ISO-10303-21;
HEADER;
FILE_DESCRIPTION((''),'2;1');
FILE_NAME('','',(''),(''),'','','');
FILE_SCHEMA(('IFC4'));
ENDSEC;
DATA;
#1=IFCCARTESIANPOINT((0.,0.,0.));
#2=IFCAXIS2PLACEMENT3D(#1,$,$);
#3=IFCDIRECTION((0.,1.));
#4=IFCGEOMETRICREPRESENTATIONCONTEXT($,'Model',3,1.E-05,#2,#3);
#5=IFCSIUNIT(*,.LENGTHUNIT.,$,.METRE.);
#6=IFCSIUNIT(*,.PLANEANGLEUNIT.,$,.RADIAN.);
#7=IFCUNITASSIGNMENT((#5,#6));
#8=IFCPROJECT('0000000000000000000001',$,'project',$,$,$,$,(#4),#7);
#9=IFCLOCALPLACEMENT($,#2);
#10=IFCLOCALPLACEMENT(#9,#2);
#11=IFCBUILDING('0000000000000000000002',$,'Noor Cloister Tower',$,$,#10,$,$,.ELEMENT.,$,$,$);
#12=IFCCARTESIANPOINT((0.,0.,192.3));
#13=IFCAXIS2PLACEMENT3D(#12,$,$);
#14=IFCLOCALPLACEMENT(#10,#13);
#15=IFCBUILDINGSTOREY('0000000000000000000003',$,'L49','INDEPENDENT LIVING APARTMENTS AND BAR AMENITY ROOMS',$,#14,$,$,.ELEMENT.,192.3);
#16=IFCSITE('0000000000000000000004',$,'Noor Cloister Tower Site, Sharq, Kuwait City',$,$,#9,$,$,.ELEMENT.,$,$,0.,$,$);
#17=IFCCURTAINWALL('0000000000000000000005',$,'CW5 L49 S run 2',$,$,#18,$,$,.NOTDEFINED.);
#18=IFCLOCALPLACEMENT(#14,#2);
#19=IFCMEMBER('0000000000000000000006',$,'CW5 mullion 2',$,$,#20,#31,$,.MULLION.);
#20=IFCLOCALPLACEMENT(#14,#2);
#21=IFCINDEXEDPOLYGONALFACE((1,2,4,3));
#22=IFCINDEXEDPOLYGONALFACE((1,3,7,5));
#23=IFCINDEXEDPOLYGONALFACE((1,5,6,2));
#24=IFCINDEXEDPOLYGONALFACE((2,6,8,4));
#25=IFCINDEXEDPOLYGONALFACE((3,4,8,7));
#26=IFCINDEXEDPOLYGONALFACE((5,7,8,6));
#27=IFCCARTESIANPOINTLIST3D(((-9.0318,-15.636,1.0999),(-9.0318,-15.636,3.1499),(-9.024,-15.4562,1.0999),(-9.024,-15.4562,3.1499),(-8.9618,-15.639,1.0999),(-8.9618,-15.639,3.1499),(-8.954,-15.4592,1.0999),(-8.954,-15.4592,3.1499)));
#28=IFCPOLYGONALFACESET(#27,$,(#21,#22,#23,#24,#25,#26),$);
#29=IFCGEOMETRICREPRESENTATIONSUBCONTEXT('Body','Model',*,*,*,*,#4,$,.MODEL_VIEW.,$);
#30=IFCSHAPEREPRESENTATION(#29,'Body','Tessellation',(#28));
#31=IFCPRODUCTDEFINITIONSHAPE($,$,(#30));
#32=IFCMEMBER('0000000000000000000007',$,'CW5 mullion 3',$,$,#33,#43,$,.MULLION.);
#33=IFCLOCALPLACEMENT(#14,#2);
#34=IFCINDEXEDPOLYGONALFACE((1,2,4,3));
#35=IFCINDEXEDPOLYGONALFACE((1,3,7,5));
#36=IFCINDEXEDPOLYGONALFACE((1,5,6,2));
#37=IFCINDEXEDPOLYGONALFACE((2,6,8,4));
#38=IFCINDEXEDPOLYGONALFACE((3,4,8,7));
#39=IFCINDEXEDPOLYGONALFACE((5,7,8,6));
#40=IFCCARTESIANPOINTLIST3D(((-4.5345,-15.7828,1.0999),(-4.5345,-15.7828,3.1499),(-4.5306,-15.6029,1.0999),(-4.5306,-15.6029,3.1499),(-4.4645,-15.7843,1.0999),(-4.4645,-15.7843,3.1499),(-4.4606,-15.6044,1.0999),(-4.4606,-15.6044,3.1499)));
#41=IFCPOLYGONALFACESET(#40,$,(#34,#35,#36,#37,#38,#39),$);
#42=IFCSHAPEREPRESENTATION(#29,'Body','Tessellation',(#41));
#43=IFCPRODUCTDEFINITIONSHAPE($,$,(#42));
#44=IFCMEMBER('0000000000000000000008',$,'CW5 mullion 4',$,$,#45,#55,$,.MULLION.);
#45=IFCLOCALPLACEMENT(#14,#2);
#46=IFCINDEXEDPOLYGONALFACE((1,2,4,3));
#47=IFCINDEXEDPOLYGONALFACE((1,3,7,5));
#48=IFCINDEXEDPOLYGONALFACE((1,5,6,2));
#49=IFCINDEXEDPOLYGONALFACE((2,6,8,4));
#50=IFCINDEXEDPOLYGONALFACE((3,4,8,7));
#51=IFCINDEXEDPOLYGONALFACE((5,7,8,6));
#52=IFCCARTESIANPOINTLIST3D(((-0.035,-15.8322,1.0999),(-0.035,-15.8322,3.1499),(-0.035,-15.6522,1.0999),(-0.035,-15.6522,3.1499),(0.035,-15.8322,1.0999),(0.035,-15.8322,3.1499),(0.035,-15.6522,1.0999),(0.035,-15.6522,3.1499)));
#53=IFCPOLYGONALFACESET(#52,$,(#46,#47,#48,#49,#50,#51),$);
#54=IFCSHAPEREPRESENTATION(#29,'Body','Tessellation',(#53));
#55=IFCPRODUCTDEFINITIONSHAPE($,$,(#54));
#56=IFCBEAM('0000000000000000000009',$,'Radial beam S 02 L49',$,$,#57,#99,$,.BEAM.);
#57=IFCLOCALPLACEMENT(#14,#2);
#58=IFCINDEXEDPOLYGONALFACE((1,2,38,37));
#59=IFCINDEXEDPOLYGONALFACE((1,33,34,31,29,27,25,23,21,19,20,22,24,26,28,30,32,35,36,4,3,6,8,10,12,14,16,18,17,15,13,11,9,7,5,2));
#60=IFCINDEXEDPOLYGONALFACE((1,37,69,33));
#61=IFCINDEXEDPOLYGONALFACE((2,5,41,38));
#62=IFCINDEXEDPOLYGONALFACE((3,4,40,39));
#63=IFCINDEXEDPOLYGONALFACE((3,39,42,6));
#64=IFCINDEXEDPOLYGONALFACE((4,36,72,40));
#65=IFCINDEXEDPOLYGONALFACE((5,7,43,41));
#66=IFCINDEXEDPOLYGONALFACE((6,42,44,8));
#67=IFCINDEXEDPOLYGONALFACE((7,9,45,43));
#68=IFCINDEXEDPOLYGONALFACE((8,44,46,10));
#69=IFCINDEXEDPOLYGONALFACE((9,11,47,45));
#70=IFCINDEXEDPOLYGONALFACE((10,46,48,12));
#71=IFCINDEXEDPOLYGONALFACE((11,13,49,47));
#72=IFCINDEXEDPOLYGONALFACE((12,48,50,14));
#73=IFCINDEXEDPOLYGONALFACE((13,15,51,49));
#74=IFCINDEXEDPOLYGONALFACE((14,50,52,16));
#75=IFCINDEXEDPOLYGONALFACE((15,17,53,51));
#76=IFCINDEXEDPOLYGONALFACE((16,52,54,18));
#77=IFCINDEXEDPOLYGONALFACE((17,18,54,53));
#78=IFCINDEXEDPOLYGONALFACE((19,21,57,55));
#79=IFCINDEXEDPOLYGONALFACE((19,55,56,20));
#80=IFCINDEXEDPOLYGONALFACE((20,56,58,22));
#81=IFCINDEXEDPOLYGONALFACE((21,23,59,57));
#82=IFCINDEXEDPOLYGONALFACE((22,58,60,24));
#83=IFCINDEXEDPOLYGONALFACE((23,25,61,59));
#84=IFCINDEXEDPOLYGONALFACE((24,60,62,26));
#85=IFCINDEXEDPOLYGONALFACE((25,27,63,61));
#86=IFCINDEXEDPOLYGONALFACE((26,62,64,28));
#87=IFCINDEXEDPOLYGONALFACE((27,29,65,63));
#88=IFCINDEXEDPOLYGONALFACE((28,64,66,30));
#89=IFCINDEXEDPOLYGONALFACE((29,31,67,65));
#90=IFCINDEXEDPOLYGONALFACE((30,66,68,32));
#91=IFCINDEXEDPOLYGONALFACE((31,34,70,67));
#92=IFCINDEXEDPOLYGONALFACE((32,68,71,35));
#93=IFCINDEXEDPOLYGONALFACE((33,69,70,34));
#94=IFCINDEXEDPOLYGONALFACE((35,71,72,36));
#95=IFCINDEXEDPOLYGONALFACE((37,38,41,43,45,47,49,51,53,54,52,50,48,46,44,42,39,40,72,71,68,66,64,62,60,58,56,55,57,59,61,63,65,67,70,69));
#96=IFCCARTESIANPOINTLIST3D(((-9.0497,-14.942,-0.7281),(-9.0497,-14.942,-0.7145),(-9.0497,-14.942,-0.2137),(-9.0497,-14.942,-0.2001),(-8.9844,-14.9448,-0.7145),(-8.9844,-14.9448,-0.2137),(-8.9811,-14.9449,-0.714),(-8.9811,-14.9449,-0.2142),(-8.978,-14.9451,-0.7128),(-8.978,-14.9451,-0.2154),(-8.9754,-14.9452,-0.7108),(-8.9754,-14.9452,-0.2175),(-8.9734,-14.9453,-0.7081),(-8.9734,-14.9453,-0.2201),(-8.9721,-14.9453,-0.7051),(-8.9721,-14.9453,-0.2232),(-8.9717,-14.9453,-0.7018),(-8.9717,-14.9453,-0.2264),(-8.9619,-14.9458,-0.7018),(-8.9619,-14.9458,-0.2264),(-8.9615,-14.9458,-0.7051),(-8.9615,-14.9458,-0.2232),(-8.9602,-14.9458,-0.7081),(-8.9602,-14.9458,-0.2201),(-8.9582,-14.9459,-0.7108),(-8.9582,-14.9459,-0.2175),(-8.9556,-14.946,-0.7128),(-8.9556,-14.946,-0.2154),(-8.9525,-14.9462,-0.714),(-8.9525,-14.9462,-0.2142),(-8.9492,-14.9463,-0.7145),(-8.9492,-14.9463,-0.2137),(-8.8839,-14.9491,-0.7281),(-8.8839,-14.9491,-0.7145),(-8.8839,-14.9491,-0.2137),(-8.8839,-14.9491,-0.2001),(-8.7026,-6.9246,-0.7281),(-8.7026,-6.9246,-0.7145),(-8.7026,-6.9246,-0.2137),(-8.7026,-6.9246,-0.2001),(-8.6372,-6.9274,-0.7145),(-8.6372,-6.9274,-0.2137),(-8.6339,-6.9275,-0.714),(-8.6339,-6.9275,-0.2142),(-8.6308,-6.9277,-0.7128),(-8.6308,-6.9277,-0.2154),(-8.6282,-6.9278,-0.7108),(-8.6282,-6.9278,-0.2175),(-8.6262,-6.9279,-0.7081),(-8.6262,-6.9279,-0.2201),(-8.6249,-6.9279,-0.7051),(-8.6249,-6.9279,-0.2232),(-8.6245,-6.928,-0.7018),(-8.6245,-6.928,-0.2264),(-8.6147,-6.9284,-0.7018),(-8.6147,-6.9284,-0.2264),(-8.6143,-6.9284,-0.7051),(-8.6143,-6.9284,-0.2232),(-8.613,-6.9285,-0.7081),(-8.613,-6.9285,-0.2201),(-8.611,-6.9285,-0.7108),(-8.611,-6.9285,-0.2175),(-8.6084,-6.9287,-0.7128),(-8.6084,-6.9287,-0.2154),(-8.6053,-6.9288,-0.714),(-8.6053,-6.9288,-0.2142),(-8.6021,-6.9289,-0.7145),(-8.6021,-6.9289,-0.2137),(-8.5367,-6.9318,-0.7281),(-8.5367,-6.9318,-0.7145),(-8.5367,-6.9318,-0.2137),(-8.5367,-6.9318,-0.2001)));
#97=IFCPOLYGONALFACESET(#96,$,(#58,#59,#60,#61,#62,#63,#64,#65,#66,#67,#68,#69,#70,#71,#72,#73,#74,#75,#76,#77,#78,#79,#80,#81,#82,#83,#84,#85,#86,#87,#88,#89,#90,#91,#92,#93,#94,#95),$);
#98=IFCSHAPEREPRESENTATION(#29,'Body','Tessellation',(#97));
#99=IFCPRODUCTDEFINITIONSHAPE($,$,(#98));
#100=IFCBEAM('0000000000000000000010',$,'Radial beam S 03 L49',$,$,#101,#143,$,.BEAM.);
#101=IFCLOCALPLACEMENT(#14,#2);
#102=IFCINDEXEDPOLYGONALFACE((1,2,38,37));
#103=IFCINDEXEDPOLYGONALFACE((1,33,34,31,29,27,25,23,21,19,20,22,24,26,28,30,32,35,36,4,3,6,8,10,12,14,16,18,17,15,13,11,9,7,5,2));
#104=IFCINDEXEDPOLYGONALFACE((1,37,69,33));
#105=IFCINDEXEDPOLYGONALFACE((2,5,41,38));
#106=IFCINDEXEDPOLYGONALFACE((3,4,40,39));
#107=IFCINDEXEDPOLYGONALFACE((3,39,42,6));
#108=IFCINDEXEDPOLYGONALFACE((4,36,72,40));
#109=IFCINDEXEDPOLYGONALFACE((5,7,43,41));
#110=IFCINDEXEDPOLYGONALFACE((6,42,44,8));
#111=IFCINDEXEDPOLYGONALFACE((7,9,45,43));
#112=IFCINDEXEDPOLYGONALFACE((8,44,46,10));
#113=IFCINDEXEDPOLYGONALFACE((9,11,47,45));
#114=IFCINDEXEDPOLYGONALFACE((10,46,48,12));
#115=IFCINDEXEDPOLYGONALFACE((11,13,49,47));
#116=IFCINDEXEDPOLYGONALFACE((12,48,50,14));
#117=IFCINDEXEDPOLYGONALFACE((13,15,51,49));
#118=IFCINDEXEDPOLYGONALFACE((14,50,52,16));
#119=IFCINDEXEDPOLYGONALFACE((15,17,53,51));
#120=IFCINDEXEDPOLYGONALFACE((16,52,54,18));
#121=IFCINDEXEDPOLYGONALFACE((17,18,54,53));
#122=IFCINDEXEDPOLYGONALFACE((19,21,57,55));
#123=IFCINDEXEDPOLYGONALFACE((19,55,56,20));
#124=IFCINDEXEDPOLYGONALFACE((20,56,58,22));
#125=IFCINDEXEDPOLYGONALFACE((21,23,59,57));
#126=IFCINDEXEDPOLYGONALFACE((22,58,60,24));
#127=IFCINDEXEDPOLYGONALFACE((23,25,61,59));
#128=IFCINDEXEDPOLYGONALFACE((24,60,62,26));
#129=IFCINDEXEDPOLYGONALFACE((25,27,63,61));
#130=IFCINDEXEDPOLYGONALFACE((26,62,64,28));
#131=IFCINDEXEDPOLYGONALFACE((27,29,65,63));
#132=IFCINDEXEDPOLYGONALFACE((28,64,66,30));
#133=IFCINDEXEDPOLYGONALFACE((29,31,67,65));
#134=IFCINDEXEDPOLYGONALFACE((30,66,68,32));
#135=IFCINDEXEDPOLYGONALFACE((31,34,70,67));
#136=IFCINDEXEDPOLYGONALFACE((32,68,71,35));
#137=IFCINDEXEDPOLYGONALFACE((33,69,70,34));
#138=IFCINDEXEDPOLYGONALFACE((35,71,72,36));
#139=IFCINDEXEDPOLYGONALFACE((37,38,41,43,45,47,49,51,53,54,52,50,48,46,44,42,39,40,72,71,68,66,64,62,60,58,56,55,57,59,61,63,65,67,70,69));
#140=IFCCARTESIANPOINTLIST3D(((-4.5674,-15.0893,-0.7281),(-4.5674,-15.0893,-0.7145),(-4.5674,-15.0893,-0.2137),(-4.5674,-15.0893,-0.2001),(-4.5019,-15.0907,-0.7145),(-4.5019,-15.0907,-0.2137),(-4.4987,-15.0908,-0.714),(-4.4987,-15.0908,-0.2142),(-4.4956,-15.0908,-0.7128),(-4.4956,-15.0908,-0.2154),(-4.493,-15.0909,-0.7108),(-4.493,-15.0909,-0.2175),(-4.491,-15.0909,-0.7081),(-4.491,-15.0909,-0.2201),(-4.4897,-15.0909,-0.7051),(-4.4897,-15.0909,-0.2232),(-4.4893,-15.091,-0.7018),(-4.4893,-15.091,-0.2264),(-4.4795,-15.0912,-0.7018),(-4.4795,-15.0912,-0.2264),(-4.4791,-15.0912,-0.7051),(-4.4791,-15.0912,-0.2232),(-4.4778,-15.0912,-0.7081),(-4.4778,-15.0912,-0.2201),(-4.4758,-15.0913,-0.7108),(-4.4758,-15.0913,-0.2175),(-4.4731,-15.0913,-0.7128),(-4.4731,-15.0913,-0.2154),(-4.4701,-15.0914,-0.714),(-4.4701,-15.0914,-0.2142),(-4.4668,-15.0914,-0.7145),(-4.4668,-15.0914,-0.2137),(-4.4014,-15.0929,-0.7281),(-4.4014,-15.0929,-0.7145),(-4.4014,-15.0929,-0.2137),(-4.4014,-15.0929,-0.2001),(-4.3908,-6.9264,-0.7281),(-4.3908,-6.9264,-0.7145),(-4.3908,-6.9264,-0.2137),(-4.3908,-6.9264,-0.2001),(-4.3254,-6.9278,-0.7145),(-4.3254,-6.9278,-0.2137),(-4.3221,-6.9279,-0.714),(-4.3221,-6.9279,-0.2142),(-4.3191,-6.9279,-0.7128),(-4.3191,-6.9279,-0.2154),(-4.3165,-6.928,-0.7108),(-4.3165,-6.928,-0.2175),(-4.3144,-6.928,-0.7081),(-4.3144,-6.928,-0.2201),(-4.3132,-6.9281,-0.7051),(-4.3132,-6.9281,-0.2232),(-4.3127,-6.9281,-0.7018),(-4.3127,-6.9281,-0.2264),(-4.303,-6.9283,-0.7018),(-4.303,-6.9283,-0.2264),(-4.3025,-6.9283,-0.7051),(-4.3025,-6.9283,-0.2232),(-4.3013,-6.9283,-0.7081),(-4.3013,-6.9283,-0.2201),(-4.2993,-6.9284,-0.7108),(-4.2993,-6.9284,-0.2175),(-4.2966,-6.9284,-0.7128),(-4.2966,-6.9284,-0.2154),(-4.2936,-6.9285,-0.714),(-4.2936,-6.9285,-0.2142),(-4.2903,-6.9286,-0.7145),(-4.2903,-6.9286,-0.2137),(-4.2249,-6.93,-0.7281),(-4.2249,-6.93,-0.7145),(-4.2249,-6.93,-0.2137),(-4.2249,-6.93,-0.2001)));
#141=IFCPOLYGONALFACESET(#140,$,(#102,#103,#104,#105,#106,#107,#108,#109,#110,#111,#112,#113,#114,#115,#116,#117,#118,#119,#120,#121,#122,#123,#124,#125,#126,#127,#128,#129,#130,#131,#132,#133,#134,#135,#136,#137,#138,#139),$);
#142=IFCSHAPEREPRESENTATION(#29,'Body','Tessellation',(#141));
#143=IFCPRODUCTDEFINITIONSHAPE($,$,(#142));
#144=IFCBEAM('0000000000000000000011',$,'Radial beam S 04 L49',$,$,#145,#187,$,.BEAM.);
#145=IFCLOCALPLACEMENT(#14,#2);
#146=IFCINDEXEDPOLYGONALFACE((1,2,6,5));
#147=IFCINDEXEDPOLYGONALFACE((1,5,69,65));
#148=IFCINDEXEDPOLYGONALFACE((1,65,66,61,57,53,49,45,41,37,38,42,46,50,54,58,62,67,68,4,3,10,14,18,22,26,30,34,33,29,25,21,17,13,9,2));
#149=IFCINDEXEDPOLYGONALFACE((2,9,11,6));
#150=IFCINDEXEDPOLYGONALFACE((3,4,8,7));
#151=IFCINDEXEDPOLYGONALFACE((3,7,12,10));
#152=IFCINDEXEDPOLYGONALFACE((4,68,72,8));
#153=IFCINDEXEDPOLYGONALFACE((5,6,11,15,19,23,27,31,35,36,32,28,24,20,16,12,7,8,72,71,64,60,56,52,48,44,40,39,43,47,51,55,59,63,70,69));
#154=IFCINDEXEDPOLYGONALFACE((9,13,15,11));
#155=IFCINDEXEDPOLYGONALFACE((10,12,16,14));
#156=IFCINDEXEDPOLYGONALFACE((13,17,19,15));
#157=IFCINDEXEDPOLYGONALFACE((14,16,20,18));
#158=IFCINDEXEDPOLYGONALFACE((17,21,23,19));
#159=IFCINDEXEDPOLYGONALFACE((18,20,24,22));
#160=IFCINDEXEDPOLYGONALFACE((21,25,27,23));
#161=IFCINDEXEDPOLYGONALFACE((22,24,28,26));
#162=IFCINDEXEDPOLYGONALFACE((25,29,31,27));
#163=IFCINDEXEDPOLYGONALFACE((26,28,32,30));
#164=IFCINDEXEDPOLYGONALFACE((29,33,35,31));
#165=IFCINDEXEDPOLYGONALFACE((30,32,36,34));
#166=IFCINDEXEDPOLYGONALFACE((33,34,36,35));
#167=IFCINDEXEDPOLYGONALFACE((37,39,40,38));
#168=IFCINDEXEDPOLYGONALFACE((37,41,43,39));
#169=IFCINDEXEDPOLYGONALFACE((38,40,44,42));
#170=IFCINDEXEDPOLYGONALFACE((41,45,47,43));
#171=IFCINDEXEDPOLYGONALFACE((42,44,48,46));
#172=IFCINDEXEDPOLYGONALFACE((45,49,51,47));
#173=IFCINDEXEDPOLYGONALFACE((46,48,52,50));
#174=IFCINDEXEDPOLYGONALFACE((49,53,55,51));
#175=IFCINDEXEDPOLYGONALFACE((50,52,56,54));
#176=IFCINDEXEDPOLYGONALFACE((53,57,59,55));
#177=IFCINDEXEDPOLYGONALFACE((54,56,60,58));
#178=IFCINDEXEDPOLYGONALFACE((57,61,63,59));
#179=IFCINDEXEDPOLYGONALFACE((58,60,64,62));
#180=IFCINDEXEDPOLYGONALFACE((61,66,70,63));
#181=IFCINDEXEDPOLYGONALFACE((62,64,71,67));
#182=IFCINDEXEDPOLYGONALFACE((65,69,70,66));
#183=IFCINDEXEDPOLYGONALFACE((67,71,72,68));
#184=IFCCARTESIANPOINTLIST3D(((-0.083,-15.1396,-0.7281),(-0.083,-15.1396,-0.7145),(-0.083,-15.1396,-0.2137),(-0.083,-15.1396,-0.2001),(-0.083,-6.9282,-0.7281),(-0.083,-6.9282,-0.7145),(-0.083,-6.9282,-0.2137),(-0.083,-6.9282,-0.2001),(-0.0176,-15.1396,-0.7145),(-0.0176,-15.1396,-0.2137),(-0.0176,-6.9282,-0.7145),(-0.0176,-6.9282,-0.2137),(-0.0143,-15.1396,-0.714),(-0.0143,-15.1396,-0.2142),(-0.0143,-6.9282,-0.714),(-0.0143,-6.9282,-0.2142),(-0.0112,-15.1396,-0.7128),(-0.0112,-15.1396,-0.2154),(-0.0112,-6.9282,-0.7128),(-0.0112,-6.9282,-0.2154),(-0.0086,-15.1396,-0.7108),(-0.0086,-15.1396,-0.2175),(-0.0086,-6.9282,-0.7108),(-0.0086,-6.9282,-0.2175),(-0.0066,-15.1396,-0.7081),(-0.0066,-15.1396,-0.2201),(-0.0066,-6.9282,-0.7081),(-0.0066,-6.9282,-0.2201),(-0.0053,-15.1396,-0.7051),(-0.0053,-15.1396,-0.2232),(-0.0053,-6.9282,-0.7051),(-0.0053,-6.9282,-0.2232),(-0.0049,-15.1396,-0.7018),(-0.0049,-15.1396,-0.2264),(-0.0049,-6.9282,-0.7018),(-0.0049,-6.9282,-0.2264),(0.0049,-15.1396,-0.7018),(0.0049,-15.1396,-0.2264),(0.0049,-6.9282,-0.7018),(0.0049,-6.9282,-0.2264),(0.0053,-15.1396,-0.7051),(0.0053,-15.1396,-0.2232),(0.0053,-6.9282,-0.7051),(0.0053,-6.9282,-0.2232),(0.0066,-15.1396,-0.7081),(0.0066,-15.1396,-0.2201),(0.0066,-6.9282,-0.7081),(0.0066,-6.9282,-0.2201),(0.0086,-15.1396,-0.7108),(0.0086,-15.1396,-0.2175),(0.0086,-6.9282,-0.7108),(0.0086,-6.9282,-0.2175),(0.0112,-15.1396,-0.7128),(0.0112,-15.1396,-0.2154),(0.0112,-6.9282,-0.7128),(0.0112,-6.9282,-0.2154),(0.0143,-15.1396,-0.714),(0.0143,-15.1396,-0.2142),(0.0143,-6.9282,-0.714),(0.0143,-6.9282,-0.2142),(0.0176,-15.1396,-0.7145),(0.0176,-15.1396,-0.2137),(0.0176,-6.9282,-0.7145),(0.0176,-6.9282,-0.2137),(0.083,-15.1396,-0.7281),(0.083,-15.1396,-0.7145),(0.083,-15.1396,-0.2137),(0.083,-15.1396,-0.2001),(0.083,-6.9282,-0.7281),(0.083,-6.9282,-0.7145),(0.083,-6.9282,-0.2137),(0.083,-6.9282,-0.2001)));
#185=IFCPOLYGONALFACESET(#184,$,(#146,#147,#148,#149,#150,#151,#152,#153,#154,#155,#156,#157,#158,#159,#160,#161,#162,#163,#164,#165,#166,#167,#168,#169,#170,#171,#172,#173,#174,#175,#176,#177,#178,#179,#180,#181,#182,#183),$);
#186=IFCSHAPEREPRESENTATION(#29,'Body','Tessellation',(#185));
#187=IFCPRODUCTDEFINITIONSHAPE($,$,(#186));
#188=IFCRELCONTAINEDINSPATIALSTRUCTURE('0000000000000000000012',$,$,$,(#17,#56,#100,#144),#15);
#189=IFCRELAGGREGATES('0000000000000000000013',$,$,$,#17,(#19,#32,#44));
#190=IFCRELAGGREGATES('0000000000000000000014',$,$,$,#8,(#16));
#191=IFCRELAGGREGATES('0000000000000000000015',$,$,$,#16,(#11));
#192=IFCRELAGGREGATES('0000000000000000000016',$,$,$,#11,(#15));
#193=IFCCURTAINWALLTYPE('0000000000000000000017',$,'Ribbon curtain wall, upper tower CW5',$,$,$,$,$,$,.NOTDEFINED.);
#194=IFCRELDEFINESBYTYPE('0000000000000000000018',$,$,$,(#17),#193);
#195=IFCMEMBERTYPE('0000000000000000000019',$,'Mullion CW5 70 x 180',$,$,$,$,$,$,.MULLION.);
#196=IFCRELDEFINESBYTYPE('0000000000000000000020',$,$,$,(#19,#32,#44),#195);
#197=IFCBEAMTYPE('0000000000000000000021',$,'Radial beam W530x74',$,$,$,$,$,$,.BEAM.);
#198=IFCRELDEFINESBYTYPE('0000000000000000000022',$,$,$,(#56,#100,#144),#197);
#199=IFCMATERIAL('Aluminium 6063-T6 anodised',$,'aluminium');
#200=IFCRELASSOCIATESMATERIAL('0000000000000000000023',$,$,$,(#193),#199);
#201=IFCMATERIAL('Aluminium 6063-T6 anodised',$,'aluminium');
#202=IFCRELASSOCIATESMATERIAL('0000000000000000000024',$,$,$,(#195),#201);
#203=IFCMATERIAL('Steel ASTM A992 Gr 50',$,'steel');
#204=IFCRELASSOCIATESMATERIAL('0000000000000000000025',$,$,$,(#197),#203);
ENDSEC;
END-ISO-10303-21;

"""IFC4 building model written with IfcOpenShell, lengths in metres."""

from ifc_helpers import new_model, si_unit, direction, frame, origin, origin_2d, place, context, subcontext, project, spatial, rectangle, i_section, extrude, material, material_profile, profile_set, type_object, element, aggregate, save


model = new_model("IFC4")

# Units and contexts
model_context = context("Model", 3, precision=1e-05, world=origin(), true_north=direction((0.0, 1.0)))
body_context = subcontext(model_context, "Body", "Model", "MODEL_VIEW")
ifc_project = project(units=[si_unit("LENGTHUNIT", "METRE"), si_unit("PLANEANGLEUNIT", "RADIAN")], contexts=[model_context])

# Site, building, storey
site_placement = place(None, origin())
site = spatial("IfcSite", under=ifc_project, at=site_placement, Name="Noor Cloister Tower Site, Sharq, Kuwait City", CompositionType="ELEMENT", RefElevation=0.0)
building_placement = place(site_placement, origin())
building = spatial("IfcBuilding", under=site, at=building_placement, Name="Noor Cloister Tower", CompositionType="ELEMENT")
storey_placement = place(building_placement, frame((0.0, 0.0, 192.3)))
storey = spatial("IfcBuildingStorey", under=building, at=storey_placement, Name="L49", Description="INDEPENDENT LIVING APARTMENTS AND BAR AMENITY ROOMS", CompositionType="ELEMENT", Elevation=192.3)

# Shared definitions
ifc_material_1 = material(Name="Aluminium 6063-T6 anodised", Category="aluminium")
curtain_wall_type = type_object("IfcCurtainWallType", Name="Ribbon curtain wall, upper tower CW5", PredefinedType="NOTDEFINED", material=ifc_material_1)

# Curtain wall, members
curtain_wall_1_placement = place(storey_placement, origin())
curtain_wall_1 = element("IfcCurtainWall", 1, at=curtain_wall_1_placement, inside=storey, type_object=curtain_wall_type, Name="CW5 L49 S run 2", PredefinedType="NOTDEFINED")
ifc_material_2 = material(Name="Aluminium 6063-T6 anodised", Category="aluminium")
ifc_material_profile_1 = material_profile(ifc_material_2, rectangle(XDim=0.1799, YDim=0.0701, at=origin_2d()), Name="180 x 70 mullion")
ifc_profile_set_1 = profile_set([ifc_material_profile_1], Name="Aluminium 6063-T6 anodised")
member_type_1 = type_object("IfcMemberType", Name="Mullion CW5 70 x 180", PredefinedType="MULLION", material=ifc_profile_set_1)
member_1_placement = place(storey_placement, frame((-8.9929, -15.5476, 1.0999), z_axis=(0.0, 0.0, 1.0), x_axis=(0.043267, 0.999064, 0.0)))
member_1 = element("IfcMember", 2, at=member_1_placement, type_object=member_type_1, Name="CW5 mullion 2", PredefinedType="MULLION", context=body_context, shape_type="SweptSolid", body=[
    extrude(rectangle(XDim=0.1799, YDim=0.0701, at=origin_2d()), origin(), (0.0, 0.0, 1.0), 2.05),
])
member_2_placement = place(storey_placement, frame((-4.4976, -15.6936, 1.0999), z_axis=(0.0, 0.0, 1.0), x_axis=(0.021639, 0.999766, 0.0)))
member_2 = element("IfcMember", 3, at=member_2_placement, type_object=member_type_1, Name="CW5 mullion 3", PredefinedType="MULLION", context=body_context, shape_type="SweptSolid", body=[
    extrude(rectangle(XDim=0.1799, YDim=0.0701, at=origin_2d()), origin(), (0.0, 0.0, 1.0), 2.05),
])
member_3_placement = place(storey_placement, frame((0.0, -15.7422, 1.0999), z_axis=(0.0, 0.0, 1.0), x_axis=(0.0, 1.0, 0.0)))
member_3 = element("IfcMember", 4, at=member_3_placement, type_object=member_type_1, Name="CW5 mullion 4", PredefinedType="MULLION", context=body_context, shape_type="SweptSolid", body=[
    extrude(rectangle(XDim=0.1799, YDim=0.0701, at=origin_2d()), origin(), (0.0, 0.0, 1.0), 2.05),
])

# Beams
ifc_material_3 = material(Name="Steel ASTM A992 Gr 50", Category="steel")
ifc_material_profile_2 = material_profile(ifc_material_3, i_section(OverallWidth=0.166, OverallDepth=0.5281, WebThickness=0.0098, FlangeThickness=0.0137, FilletRadius=0.0127, at=origin_2d()), Name="W530x74")
ifc_profile_set_2 = profile_set([ifc_material_profile_2], Name="Steel ASTM A992 Gr 50")
beam_type_1 = type_object("IfcBeamType", Name="Radial beam W530x74", PredefinedType="BEAM", material=ifc_profile_set_2)
beam_1_placement = place(storey_placement, frame((-8.9668, -14.9456, -0.4641), z_axis=(0.043262, 0.999064, 0.0), x_axis=(-0.999064, 0.043262, 0.0)))
element("IfcBeam", 5, at=beam_1_placement, inside=storey, type_object=beam_type_1, Name="Radial beam S 02 L49", PredefinedType="BEAM", context=body_context, shape_type="SweptSolid", body=[
    extrude(i_section(OverallWidth=0.166, OverallDepth=0.5281, WebThickness=0.0098, FlangeThickness=0.0137, FilletRadius=0.0127, at=origin_2d()), origin(), (0.0, 0.0, 1.0), 8.0249),
])
beam_2_placement = place(storey_placement, frame((-4.4844, -15.0911, -0.4641), z_axis=(0.021619, 0.999766, 0.0), x_axis=(-0.999766, 0.021619, 0.0)))
element("IfcBeam", 6, at=beam_2_placement, inside=storey, type_object=beam_type_1, Name="Radial beam S 03 L49", PredefinedType="BEAM", context=body_context, shape_type="SweptSolid", body=[
    extrude(i_section(OverallWidth=0.166, OverallDepth=0.5281, WebThickness=0.0098, FlangeThickness=0.0137, FilletRadius=0.0127, at=origin_2d()), origin(), (0.0, 0.0, 1.0), 8.1648),
])
beam_3_placement = place(storey_placement, frame((0.0, -15.1396, -0.4641), z_axis=(0.0, 1.0, 0.0), x_axis=(-1.0, 0.0, 0.0)))
element("IfcBeam", 7, at=beam_3_placement, inside=storey, type_object=beam_type_1, Name="Radial beam S 04 L49", PredefinedType="BEAM", context=body_context, shape_type="SweptSolid", body=[
    extrude(i_section(OverallWidth=0.166, OverallDepth=0.5281, WebThickness=0.0098, FlangeThickness=0.0137, FilletRadius=0.0127, at=origin_2d()), origin(), (0.0, 0.0, 1.0), 8.2114),
])

aggregate(curtain_wall_1, [member_1, member_2, member_3])

save(model, "model.ifc")
